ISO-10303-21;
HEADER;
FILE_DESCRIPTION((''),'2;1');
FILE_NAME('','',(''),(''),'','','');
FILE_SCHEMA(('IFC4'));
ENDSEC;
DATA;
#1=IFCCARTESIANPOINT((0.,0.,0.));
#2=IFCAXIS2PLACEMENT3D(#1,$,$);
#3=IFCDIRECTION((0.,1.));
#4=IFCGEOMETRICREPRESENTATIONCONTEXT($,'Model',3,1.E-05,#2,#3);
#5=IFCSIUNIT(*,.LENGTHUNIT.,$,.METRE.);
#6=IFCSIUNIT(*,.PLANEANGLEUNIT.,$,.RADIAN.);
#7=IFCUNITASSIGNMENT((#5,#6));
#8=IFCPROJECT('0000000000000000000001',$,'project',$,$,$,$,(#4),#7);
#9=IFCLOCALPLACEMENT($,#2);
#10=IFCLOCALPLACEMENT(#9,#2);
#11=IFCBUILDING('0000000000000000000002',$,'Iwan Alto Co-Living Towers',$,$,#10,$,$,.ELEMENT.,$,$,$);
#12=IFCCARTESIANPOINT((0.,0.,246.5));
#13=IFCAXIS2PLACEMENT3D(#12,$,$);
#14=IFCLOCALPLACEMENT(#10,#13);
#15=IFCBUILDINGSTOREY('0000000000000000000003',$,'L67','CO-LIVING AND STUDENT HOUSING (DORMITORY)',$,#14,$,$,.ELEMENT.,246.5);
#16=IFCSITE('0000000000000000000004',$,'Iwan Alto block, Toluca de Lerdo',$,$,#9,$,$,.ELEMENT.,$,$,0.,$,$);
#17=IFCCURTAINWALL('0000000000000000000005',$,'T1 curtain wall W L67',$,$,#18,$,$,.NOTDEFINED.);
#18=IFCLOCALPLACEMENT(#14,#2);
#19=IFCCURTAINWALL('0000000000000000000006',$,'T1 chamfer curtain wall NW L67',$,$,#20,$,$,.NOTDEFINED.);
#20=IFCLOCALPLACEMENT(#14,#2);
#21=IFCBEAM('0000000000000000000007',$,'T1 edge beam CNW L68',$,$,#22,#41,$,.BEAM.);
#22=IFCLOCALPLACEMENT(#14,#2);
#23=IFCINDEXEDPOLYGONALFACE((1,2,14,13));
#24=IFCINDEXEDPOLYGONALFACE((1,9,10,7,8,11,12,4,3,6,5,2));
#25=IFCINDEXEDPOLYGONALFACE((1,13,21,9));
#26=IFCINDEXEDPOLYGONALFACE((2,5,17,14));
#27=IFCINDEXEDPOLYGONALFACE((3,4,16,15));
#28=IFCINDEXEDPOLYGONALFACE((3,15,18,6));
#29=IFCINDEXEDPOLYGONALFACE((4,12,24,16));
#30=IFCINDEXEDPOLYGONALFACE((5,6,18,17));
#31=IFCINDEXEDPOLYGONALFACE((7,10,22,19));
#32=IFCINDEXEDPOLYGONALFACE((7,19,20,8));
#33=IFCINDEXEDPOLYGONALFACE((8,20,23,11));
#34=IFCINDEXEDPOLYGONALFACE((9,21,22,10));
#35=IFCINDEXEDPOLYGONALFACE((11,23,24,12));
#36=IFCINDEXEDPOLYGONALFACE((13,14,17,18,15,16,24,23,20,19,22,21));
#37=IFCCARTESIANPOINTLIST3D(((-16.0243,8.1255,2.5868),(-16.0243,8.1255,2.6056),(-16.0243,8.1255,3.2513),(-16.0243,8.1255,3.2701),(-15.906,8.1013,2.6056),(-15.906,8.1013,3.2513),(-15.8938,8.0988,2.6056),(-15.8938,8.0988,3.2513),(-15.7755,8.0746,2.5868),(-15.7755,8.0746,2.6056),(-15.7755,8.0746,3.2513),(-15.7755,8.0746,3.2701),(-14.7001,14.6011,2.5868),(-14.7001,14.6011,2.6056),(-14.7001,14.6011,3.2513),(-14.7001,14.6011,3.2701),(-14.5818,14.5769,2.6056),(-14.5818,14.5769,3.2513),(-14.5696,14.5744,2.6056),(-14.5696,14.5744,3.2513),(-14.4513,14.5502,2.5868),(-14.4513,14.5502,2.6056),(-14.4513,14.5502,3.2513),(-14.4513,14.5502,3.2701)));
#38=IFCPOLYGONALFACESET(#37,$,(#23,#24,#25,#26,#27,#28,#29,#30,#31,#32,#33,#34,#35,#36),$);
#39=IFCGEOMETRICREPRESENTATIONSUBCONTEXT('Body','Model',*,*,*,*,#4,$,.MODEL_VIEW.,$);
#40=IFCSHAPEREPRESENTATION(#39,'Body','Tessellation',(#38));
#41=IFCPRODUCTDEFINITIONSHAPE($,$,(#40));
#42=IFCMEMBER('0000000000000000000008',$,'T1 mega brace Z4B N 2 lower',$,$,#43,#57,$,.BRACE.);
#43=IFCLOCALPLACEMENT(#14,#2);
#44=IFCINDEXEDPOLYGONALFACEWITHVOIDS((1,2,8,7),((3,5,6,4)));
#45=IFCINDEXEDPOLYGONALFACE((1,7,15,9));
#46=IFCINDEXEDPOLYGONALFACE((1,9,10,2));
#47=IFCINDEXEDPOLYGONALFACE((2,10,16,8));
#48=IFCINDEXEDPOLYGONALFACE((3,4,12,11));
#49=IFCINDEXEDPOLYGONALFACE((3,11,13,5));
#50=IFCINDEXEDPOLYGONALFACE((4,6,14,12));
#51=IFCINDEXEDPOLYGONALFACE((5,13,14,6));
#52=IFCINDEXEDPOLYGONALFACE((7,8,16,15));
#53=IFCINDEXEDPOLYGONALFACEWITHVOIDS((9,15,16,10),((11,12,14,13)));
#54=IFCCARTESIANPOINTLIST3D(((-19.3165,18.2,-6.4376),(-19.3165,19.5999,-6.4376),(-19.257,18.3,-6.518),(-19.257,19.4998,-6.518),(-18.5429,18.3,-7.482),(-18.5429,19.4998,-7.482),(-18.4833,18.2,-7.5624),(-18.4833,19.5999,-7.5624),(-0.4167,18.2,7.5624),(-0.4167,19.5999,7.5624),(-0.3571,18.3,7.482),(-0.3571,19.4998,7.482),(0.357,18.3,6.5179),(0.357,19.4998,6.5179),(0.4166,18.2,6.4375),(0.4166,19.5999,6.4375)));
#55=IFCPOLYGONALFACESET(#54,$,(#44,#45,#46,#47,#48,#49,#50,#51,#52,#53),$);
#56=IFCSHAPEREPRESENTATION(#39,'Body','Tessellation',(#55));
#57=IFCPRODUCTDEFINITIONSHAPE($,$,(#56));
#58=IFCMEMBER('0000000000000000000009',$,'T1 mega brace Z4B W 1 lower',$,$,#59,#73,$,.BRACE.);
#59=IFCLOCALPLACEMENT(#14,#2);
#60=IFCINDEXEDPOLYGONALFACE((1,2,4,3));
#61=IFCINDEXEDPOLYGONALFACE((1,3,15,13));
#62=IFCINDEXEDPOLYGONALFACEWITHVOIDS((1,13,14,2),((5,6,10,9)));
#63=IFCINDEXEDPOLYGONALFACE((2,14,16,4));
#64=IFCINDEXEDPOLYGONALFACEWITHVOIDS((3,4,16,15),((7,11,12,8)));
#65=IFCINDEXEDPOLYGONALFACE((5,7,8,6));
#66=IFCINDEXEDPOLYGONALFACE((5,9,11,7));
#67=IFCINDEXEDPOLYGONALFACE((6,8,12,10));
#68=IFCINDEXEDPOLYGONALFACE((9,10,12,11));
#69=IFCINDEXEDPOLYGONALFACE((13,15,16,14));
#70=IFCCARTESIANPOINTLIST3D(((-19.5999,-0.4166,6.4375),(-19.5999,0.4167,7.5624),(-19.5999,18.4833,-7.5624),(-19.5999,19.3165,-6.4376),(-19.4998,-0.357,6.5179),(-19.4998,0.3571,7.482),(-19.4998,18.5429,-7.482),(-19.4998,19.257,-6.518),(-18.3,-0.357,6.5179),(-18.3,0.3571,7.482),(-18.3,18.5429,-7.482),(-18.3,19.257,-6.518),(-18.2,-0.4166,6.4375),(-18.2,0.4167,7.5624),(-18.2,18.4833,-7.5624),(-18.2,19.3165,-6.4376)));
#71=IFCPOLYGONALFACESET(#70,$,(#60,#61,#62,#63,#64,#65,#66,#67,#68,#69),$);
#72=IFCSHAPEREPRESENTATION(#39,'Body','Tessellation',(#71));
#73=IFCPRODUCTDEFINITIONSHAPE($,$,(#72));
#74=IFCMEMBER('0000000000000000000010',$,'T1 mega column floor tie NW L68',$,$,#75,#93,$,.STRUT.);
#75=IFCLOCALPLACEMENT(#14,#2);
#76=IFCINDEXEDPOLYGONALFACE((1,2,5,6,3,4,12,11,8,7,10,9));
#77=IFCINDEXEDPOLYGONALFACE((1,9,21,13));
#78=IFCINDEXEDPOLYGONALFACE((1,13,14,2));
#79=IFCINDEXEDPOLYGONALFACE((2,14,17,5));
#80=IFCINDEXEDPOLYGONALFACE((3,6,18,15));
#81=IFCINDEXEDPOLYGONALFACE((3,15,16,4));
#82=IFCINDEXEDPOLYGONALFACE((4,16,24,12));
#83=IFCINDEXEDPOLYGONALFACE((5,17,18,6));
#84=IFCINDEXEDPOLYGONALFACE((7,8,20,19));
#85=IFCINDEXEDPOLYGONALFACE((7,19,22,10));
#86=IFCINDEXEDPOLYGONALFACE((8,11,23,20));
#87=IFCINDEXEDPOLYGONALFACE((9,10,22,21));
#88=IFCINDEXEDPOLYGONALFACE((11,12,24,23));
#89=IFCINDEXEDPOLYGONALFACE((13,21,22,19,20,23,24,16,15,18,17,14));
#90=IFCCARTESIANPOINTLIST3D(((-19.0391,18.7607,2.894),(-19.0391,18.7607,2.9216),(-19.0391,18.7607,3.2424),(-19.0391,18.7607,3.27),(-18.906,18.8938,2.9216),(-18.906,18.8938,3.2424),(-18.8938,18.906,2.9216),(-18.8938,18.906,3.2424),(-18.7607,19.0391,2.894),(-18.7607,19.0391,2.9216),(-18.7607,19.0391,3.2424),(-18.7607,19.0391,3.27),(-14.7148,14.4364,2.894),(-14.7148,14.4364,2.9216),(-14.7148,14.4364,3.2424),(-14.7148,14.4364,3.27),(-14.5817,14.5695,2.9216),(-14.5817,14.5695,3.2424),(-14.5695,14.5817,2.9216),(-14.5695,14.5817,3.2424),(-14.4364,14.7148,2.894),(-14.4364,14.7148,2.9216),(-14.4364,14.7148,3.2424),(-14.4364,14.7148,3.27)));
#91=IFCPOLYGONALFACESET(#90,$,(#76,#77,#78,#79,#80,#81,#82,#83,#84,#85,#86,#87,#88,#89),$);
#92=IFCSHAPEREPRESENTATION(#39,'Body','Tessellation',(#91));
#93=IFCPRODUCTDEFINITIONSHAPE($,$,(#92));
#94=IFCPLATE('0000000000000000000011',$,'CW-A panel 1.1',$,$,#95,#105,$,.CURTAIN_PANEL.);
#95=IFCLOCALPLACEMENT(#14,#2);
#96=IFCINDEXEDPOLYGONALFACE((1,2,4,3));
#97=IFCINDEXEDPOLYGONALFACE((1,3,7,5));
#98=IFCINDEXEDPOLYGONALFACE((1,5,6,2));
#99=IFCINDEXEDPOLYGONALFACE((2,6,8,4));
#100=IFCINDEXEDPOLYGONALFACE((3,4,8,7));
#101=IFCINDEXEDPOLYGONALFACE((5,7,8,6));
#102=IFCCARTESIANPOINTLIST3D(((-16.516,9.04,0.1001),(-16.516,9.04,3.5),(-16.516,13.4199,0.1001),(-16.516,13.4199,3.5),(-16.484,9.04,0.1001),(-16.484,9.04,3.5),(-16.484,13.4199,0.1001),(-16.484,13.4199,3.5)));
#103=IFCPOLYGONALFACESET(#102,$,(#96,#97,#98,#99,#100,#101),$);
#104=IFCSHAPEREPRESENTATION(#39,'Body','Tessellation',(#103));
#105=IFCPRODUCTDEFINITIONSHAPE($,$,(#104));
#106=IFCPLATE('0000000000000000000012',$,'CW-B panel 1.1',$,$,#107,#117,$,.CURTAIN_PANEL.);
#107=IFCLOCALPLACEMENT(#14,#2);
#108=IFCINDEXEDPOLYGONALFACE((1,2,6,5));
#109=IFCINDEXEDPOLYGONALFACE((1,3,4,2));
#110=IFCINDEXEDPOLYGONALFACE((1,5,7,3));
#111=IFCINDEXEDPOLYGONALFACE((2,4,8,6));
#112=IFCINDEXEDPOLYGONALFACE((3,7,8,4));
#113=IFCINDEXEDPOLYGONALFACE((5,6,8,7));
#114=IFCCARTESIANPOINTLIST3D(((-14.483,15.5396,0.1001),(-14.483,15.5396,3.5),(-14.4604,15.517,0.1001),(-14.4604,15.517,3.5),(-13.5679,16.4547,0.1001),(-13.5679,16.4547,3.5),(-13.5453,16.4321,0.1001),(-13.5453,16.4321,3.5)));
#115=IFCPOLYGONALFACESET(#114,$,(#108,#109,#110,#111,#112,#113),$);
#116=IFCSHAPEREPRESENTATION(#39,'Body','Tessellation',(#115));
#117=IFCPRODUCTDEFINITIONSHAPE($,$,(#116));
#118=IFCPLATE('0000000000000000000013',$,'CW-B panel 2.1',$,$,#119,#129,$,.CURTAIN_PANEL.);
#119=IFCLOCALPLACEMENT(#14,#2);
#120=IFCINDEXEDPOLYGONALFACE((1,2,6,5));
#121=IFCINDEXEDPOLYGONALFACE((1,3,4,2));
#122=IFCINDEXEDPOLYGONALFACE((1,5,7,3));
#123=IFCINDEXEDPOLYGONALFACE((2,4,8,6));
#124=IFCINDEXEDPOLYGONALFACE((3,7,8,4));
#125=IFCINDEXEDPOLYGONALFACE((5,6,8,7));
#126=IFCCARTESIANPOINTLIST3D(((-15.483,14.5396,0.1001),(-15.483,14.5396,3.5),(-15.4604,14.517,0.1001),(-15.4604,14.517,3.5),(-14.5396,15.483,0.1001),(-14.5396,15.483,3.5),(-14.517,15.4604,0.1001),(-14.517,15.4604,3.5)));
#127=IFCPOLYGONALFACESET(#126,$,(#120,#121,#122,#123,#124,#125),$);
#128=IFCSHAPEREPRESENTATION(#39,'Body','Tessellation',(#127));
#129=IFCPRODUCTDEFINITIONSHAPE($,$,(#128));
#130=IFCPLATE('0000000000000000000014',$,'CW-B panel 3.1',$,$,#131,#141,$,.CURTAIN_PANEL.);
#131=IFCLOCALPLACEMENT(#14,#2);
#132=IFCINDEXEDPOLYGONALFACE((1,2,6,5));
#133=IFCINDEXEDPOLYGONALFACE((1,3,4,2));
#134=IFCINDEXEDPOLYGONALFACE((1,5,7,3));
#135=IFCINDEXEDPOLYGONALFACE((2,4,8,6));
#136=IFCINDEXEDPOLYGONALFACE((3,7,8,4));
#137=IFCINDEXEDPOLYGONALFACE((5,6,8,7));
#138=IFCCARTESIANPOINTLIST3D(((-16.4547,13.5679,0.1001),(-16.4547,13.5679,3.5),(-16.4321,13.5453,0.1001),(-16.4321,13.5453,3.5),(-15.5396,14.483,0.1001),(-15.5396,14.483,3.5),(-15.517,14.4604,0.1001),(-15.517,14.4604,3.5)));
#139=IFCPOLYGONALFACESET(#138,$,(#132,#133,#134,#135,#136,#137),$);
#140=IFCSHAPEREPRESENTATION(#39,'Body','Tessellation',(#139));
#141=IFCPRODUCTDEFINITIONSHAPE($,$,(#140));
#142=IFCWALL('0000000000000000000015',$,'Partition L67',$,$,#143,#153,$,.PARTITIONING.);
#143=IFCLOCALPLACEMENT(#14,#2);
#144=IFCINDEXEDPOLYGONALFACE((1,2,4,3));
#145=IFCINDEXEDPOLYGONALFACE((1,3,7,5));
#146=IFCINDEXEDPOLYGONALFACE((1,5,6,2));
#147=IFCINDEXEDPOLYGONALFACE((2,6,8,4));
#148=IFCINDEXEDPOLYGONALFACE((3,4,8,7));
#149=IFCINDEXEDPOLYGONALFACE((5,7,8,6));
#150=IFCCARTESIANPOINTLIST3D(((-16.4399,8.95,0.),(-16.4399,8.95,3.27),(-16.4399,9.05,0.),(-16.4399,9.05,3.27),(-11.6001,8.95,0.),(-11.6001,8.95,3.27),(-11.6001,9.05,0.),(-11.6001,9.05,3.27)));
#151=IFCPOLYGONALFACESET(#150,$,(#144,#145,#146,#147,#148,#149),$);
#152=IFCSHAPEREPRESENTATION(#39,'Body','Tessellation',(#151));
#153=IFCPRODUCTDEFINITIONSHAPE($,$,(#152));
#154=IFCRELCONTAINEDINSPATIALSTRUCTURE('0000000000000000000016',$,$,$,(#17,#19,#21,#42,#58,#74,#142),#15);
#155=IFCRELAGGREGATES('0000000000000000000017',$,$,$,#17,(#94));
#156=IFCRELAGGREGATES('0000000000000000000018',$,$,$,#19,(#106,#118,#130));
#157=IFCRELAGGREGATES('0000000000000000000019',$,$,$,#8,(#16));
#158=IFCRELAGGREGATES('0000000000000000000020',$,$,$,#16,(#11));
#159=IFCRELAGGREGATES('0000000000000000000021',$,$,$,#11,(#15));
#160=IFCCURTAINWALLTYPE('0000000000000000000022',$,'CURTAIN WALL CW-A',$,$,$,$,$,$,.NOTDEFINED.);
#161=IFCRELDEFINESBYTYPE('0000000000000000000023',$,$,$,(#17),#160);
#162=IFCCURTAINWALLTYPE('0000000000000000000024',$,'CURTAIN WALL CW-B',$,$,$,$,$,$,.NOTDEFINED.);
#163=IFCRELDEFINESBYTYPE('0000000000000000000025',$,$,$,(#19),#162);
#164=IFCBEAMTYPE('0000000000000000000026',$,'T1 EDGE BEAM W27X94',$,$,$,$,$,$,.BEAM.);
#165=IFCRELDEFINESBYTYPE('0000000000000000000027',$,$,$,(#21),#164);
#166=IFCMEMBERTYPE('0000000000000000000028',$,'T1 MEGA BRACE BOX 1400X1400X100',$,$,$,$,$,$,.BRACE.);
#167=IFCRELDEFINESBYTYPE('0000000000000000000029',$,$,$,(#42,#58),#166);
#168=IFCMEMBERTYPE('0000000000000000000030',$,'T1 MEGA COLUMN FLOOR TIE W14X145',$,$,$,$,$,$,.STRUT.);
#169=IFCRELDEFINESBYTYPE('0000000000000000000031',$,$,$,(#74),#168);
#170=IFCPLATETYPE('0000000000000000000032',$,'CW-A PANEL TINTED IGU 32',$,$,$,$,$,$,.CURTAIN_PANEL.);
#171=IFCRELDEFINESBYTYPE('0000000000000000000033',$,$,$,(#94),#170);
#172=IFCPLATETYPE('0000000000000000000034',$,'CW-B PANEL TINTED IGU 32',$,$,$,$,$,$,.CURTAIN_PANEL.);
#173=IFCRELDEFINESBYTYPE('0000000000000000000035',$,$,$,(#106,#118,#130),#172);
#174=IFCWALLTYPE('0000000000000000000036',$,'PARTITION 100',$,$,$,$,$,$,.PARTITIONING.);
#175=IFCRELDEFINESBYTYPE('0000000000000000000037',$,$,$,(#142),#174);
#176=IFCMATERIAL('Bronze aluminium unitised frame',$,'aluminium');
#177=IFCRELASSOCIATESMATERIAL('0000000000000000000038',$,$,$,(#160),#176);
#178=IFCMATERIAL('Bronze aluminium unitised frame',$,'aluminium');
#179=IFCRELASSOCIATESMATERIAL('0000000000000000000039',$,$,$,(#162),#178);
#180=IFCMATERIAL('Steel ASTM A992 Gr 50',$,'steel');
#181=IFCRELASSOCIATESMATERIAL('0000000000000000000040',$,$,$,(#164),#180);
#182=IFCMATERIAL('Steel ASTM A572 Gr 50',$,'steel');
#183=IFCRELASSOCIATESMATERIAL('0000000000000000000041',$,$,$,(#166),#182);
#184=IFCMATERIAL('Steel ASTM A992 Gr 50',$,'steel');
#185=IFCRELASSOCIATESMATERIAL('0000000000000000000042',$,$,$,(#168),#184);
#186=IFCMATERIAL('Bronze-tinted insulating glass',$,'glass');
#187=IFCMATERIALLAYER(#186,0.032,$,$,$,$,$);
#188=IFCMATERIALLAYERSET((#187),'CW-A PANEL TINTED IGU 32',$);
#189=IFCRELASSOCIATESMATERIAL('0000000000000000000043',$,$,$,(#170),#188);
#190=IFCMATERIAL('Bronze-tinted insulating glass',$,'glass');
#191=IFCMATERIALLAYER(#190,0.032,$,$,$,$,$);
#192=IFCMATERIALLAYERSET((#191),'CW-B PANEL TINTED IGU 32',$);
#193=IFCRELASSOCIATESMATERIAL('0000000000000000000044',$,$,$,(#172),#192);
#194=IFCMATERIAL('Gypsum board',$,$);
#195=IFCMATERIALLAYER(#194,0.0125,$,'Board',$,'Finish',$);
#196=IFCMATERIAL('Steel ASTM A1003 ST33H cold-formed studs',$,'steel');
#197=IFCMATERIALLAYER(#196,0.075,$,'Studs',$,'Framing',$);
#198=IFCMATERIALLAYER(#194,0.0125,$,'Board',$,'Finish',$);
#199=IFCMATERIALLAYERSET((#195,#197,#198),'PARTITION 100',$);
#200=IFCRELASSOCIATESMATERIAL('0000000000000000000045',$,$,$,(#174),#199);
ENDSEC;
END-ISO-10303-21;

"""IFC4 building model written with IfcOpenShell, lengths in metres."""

from ifc_helpers import new_model, si_unit, direction, frame, frame_2d, origin, origin_2d, place, context, subcontext, project, spatial, rectangle, hollow_rectangle, i_section, extrude, material, layer, layer_set, material_profile, profile_set, type_object, element, aggregate, save


model = new_model("IFC4")

# Units and contexts
model_context = context("Model", 3, precision=1e-05, world=origin(), true_north=direction((0.0, 1.0)))
body_context = subcontext(model_context, "Body", "Model", "MODEL_VIEW")
ifc_project = project(units=[si_unit("LENGTHUNIT", "METRE"), si_unit("PLANEANGLEUNIT", "RADIAN")], contexts=[model_context])

# Site, building, storey
site_placement = place(None, origin())
site = spatial("IfcSite", under=ifc_project, at=site_placement, Name="Iwan Alto block, Toluca de Lerdo", CompositionType="ELEMENT", RefElevation=0.0)
building_placement = place(site_placement, origin())
building = spatial("IfcBuilding", under=site, at=building_placement, Name="Iwan Alto Co-Living Towers", CompositionType="ELEMENT")
storey_placement = place(building_placement, frame((0.0, 0.0, 246.5)))
storey = spatial("IfcBuildingStorey", under=building, at=storey_placement, Name="L67", Description="CO-LIVING AND STUDENT HOUSING (DORMITORY)", CompositionType="ELEMENT", Elevation=246.5)

# Curtain walls
ifc_material_1 = material(Name="Bronze aluminium unitised frame", Category="aluminium")
curtain_wall_type_1 = type_object("IfcCurtainWallType", Name="CURTAIN WALL CW-A", PredefinedType="NOTDEFINED", material=ifc_material_1)
curtain_wall_1_placement = place(storey_placement, origin())
curtain_wall_1 = element("IfcCurtainWall", 1, at=curtain_wall_1_placement, inside=storey, type_object=curtain_wall_type_1, Name="T1 curtain wall W L67", PredefinedType="NOTDEFINED")
ifc_material_2 = material(Name="Bronze aluminium unitised frame", Category="aluminium")
curtain_wall_type_2 = type_object("IfcCurtainWallType", Name="CURTAIN WALL CW-B", PredefinedType="NOTDEFINED", material=ifc_material_2)
curtain_wall_2_placement = place(storey_placement, origin())
curtain_wall_2 = element("IfcCurtainWall", 2, at=curtain_wall_2_placement, inside=storey, type_object=curtain_wall_type_2, Name="T1 chamfer curtain wall NW L67", PredefinedType="NOTDEFINED")

# Beam
ifc_material_3 = material(Name="Steel ASTM A992 Gr 50", Category="steel")
ifc_material_profile_1 = material_profile(ifc_material_3, i_section(OverallWidth=0.2539, OverallDepth=0.6833, WebThickness=0.0125, FlangeThickness=0.0188, at=origin_2d()), Name="W27X94")
ifc_profile_set_1 = profile_set([ifc_material_profile_1], Name="Steel ASTM A992 Gr 50")
beam_type_1 = type_object("IfcBeamType", Name="T1 EDGE BEAM W27X94", PredefinedType="BEAM", material=ifc_profile_set_1)
beam_1_placement = place(storey_placement, frame((-14.5757, 14.5757, 2.9285), z_axis=(-0.200348, -0.979725, 0.0), x_axis=(0.979725, -0.200348, 0.0)))
element("IfcBeam", 3, at=beam_1_placement, inside=storey, type_object=beam_type_1, Name="T1 edge beam CNW L68", PredefinedType="BEAM", context=body_context, shape_type="SweptSolid", body=[
    extrude(i_section(OverallWidth=0.2539, OverallDepth=0.6833, WebThickness=0.0125, FlangeThickness=0.0188, at=origin_2d()), origin(), (0.0, 0.0, 1.0), 6.6096),
])

# Members
ifc_material_4 = material(Name="Steel ASTM A572 Gr 50", Category="steel")
ifc_material_profile_2 = material_profile(ifc_material_4, hollow_rectangle(XDim=1.3999, YDim=1.3999, WallThickness=0.1001, at=origin_2d()), Name="BOX 1400X1400X100")
ifc_profile_set_2 = profile_set([ifc_material_profile_2], Name="Steel ASTM A572 Gr 50")
member_type_1 = type_object("IfcMemberType", Name="T1 MEGA BRACE BOX 1400X1400X100", PredefinedType="BRACE", material=ifc_profile_set_2)
for number, where, z_axis, x_axis, name in (
    (4, (-18.8999, 18.8999, -7.0), (0.803556, 0.0, 0.59523), (0.0, 1.0, 0.0), "T1 mega brace Z4B N 2 lower"),
    (5, (-18.8999, 18.8999, -7.0), (0.0, -0.803556, 0.59523), (1.0, 0.0, 0.0), "T1 mega brace Z4B W 1 lower"),
):
    element("IfcMember", number, at=place(storey_placement, frame(where, z_axis=z_axis, x_axis=x_axis)), inside=storey, type_object=member_type_1, Name=name, PredefinedType="BRACE", context=body_context, shape_type="SweptSolid", body=[
        extrude(hollow_rectangle(XDim=1.3999, YDim=1.3999, WallThickness=0.1001, at=origin_2d()), origin(), (0.0, 0.0, 1.0), 23.5203),
    ])
ifc_material_5 = material(Name="Steel ASTM A992 Gr 50", Category="steel")
ifc_material_profile_3 = material_profile(ifc_material_5, i_section(OverallWidth=0.3938, OverallDepth=0.376, WebThickness=0.0173, FlangeThickness=0.0276, at=origin_2d()), Name="W14X145")
ifc_profile_set_3 = profile_set([ifc_material_profile_3], Name="Steel ASTM A992 Gr 50")
member_type_2 = type_object("IfcMemberType", Name="T1 MEGA COLUMN FLOOR TIE W14X145", PredefinedType="STRUT", material=ifc_profile_set_3)
member_1_placement = place(storey_placement, frame((-18.8999, 18.8999, 3.082), z_axis=(0.707107, -0.707107, 0.0), x_axis=(0.707107, 0.707107, 0.0)))
element("IfcMember", 6, at=member_1_placement, inside=storey, type_object=member_type_2, Name="T1 mega column floor tie NW L68", PredefinedType="STRUT", context=body_context, shape_type="SweptSolid", body=[
    extrude(i_section(OverallWidth=0.3938, OverallDepth=0.376, WebThickness=0.0173, FlangeThickness=0.0276, at=origin_2d()), origin(), (0.0, 0.0, 1.0), 6.1155),
])

# Plates
ifc_material_6 = material(Name="Bronze-tinted insulating glass", Category="glass")
ifc_layer_1 = layer(ifc_material_6, 0.032)
ifc_layer_set_1 = layer_set([ifc_layer_1], Name="CW-A PANEL TINTED IGU 32")
plate_type_1 = type_object("IfcPlateType", Name="CW-A PANEL TINTED IGU 32", PredefinedType="CURTAIN_PANEL", material=ifc_layer_set_1)
plate_1_placement = place(storey_placement, frame((-16.5, 11.23, 0.1001), z_axis=(0.0, 0.0, 1.0), x_axis=(0.0, -1.0, 0.0)))
plate_1 = element("IfcPlate", 7, at=plate_1_placement, type_object=plate_type_1, Name="CW-A panel 1.1", PredefinedType="CURTAIN_PANEL", context=body_context, shape_type="SweptSolid", body=[
    extrude(rectangle(XDim=4.3799, YDim=0.032, at=origin_2d()), origin(), (0.0, 0.0, 1.0), 3.3999),
])
aggregate(curtain_wall_1, [plate_1])
ifc_material_7 = material(Name="Bronze-tinted insulating glass", Category="glass")
ifc_layer_2 = layer(ifc_material_7, 0.032)
ifc_layer_set_2 = layer_set([ifc_layer_2], Name="CW-B PANEL TINTED IGU 32")
plate_type_2 = type_object("IfcPlateType", Name="CW-B PANEL TINTED IGU 32", PredefinedType="CURTAIN_PANEL", material=ifc_layer_set_2)
plate_2_placement = place(storey_placement, frame((-14.0142, 15.9858, 0.1001), z_axis=(0.0, 0.0, 1.0), x_axis=(-0.707107, -0.707107, 0.0)))
plate_2 = element("IfcPlate", 8, at=plate_2_placement, type_object=plate_type_2, Name="CW-B panel 1.1", PredefinedType="CURTAIN_PANEL", context=body_context, shape_type="SweptSolid", body=[
    extrude(rectangle(XDim=1.2942, YDim=0.032, at=origin_2d()), origin(), (0.0, 0.0, 1.0), 3.3999),
])
plate_3_placement = place(storey_placement, frame((-15.0, 15.0, 0.1001), z_axis=(0.0, 0.0, 1.0), x_axis=(-0.707107, -0.707107, 0.0)))
plate_3 = element("IfcPlate", 9, at=plate_3_placement, type_object=plate_type_2, Name="CW-B panel 2.1", PredefinedType="CURTAIN_PANEL", context=body_context, shape_type="SweptSolid", body=[
    extrude(rectangle(XDim=1.3342, YDim=0.032, at=origin_2d()), origin(), (0.0, 0.0, 1.0), 3.3999),
])
plate_4_placement = place(storey_placement, frame((-15.9858, 14.0142, 0.1001), z_axis=(0.0, 0.0, 1.0), x_axis=(-0.707107, -0.707107, 0.0)))
plate_4 = element("IfcPlate", 10, at=plate_4_placement, type_object=plate_type_2, Name="CW-B panel 3.1", PredefinedType="CURTAIN_PANEL", context=body_context, shape_type="SweptSolid", body=[
    extrude(rectangle(XDim=1.2942, YDim=0.032, at=origin_2d()), origin(), (0.0, 0.0, 1.0), 3.3999),
])
aggregate(curtain_wall_2, [plate_2, plate_3, plate_4])

# Wall
ifc_material_8 = material(Name="Gypsum board")
ifc_layer_3 = layer(ifc_material_8, 0.0125, Name="Board", Category="Finish")
ifc_material_9 = material(Name="Steel ASTM A1003 ST33H cold-formed studs", Category="steel")
ifc_layer_4 = layer(ifc_material_9, 0.075, Name="Studs", Category="Framing")
ifc_layer_5 = layer(ifc_material_8, 0.0125, Name="Board", Category="Finish")
ifc_layer_set_3 = layer_set([ifc_layer_3, ifc_layer_4, ifc_layer_5], Name="PARTITION 100")
wall_type = type_object("IfcWallType", Name="PARTITION 100", PredefinedType="PARTITIONING", material=ifc_layer_set_3)
wall_placement = place(storey_placement, frame((-16.4399, 9.0, 0.0), z_axis=(0.0, 0.0, 1.0), x_axis=(1.0, 0.0, 0.0)))
element("IfcWall", 11, at=wall_placement, inside=storey, type_object=wall_type, Name="Partition L67", PredefinedType="PARTITIONING", context=body_context, shape_type="SweptSolid", body=[
    extrude(rectangle(XDim=4.8398, YDim=0.1001, at=frame_2d((2.4199, 0.0))), origin(), (0.0, 0.0, 1.0), 3.27),
])

save(model, "model.ifc")
